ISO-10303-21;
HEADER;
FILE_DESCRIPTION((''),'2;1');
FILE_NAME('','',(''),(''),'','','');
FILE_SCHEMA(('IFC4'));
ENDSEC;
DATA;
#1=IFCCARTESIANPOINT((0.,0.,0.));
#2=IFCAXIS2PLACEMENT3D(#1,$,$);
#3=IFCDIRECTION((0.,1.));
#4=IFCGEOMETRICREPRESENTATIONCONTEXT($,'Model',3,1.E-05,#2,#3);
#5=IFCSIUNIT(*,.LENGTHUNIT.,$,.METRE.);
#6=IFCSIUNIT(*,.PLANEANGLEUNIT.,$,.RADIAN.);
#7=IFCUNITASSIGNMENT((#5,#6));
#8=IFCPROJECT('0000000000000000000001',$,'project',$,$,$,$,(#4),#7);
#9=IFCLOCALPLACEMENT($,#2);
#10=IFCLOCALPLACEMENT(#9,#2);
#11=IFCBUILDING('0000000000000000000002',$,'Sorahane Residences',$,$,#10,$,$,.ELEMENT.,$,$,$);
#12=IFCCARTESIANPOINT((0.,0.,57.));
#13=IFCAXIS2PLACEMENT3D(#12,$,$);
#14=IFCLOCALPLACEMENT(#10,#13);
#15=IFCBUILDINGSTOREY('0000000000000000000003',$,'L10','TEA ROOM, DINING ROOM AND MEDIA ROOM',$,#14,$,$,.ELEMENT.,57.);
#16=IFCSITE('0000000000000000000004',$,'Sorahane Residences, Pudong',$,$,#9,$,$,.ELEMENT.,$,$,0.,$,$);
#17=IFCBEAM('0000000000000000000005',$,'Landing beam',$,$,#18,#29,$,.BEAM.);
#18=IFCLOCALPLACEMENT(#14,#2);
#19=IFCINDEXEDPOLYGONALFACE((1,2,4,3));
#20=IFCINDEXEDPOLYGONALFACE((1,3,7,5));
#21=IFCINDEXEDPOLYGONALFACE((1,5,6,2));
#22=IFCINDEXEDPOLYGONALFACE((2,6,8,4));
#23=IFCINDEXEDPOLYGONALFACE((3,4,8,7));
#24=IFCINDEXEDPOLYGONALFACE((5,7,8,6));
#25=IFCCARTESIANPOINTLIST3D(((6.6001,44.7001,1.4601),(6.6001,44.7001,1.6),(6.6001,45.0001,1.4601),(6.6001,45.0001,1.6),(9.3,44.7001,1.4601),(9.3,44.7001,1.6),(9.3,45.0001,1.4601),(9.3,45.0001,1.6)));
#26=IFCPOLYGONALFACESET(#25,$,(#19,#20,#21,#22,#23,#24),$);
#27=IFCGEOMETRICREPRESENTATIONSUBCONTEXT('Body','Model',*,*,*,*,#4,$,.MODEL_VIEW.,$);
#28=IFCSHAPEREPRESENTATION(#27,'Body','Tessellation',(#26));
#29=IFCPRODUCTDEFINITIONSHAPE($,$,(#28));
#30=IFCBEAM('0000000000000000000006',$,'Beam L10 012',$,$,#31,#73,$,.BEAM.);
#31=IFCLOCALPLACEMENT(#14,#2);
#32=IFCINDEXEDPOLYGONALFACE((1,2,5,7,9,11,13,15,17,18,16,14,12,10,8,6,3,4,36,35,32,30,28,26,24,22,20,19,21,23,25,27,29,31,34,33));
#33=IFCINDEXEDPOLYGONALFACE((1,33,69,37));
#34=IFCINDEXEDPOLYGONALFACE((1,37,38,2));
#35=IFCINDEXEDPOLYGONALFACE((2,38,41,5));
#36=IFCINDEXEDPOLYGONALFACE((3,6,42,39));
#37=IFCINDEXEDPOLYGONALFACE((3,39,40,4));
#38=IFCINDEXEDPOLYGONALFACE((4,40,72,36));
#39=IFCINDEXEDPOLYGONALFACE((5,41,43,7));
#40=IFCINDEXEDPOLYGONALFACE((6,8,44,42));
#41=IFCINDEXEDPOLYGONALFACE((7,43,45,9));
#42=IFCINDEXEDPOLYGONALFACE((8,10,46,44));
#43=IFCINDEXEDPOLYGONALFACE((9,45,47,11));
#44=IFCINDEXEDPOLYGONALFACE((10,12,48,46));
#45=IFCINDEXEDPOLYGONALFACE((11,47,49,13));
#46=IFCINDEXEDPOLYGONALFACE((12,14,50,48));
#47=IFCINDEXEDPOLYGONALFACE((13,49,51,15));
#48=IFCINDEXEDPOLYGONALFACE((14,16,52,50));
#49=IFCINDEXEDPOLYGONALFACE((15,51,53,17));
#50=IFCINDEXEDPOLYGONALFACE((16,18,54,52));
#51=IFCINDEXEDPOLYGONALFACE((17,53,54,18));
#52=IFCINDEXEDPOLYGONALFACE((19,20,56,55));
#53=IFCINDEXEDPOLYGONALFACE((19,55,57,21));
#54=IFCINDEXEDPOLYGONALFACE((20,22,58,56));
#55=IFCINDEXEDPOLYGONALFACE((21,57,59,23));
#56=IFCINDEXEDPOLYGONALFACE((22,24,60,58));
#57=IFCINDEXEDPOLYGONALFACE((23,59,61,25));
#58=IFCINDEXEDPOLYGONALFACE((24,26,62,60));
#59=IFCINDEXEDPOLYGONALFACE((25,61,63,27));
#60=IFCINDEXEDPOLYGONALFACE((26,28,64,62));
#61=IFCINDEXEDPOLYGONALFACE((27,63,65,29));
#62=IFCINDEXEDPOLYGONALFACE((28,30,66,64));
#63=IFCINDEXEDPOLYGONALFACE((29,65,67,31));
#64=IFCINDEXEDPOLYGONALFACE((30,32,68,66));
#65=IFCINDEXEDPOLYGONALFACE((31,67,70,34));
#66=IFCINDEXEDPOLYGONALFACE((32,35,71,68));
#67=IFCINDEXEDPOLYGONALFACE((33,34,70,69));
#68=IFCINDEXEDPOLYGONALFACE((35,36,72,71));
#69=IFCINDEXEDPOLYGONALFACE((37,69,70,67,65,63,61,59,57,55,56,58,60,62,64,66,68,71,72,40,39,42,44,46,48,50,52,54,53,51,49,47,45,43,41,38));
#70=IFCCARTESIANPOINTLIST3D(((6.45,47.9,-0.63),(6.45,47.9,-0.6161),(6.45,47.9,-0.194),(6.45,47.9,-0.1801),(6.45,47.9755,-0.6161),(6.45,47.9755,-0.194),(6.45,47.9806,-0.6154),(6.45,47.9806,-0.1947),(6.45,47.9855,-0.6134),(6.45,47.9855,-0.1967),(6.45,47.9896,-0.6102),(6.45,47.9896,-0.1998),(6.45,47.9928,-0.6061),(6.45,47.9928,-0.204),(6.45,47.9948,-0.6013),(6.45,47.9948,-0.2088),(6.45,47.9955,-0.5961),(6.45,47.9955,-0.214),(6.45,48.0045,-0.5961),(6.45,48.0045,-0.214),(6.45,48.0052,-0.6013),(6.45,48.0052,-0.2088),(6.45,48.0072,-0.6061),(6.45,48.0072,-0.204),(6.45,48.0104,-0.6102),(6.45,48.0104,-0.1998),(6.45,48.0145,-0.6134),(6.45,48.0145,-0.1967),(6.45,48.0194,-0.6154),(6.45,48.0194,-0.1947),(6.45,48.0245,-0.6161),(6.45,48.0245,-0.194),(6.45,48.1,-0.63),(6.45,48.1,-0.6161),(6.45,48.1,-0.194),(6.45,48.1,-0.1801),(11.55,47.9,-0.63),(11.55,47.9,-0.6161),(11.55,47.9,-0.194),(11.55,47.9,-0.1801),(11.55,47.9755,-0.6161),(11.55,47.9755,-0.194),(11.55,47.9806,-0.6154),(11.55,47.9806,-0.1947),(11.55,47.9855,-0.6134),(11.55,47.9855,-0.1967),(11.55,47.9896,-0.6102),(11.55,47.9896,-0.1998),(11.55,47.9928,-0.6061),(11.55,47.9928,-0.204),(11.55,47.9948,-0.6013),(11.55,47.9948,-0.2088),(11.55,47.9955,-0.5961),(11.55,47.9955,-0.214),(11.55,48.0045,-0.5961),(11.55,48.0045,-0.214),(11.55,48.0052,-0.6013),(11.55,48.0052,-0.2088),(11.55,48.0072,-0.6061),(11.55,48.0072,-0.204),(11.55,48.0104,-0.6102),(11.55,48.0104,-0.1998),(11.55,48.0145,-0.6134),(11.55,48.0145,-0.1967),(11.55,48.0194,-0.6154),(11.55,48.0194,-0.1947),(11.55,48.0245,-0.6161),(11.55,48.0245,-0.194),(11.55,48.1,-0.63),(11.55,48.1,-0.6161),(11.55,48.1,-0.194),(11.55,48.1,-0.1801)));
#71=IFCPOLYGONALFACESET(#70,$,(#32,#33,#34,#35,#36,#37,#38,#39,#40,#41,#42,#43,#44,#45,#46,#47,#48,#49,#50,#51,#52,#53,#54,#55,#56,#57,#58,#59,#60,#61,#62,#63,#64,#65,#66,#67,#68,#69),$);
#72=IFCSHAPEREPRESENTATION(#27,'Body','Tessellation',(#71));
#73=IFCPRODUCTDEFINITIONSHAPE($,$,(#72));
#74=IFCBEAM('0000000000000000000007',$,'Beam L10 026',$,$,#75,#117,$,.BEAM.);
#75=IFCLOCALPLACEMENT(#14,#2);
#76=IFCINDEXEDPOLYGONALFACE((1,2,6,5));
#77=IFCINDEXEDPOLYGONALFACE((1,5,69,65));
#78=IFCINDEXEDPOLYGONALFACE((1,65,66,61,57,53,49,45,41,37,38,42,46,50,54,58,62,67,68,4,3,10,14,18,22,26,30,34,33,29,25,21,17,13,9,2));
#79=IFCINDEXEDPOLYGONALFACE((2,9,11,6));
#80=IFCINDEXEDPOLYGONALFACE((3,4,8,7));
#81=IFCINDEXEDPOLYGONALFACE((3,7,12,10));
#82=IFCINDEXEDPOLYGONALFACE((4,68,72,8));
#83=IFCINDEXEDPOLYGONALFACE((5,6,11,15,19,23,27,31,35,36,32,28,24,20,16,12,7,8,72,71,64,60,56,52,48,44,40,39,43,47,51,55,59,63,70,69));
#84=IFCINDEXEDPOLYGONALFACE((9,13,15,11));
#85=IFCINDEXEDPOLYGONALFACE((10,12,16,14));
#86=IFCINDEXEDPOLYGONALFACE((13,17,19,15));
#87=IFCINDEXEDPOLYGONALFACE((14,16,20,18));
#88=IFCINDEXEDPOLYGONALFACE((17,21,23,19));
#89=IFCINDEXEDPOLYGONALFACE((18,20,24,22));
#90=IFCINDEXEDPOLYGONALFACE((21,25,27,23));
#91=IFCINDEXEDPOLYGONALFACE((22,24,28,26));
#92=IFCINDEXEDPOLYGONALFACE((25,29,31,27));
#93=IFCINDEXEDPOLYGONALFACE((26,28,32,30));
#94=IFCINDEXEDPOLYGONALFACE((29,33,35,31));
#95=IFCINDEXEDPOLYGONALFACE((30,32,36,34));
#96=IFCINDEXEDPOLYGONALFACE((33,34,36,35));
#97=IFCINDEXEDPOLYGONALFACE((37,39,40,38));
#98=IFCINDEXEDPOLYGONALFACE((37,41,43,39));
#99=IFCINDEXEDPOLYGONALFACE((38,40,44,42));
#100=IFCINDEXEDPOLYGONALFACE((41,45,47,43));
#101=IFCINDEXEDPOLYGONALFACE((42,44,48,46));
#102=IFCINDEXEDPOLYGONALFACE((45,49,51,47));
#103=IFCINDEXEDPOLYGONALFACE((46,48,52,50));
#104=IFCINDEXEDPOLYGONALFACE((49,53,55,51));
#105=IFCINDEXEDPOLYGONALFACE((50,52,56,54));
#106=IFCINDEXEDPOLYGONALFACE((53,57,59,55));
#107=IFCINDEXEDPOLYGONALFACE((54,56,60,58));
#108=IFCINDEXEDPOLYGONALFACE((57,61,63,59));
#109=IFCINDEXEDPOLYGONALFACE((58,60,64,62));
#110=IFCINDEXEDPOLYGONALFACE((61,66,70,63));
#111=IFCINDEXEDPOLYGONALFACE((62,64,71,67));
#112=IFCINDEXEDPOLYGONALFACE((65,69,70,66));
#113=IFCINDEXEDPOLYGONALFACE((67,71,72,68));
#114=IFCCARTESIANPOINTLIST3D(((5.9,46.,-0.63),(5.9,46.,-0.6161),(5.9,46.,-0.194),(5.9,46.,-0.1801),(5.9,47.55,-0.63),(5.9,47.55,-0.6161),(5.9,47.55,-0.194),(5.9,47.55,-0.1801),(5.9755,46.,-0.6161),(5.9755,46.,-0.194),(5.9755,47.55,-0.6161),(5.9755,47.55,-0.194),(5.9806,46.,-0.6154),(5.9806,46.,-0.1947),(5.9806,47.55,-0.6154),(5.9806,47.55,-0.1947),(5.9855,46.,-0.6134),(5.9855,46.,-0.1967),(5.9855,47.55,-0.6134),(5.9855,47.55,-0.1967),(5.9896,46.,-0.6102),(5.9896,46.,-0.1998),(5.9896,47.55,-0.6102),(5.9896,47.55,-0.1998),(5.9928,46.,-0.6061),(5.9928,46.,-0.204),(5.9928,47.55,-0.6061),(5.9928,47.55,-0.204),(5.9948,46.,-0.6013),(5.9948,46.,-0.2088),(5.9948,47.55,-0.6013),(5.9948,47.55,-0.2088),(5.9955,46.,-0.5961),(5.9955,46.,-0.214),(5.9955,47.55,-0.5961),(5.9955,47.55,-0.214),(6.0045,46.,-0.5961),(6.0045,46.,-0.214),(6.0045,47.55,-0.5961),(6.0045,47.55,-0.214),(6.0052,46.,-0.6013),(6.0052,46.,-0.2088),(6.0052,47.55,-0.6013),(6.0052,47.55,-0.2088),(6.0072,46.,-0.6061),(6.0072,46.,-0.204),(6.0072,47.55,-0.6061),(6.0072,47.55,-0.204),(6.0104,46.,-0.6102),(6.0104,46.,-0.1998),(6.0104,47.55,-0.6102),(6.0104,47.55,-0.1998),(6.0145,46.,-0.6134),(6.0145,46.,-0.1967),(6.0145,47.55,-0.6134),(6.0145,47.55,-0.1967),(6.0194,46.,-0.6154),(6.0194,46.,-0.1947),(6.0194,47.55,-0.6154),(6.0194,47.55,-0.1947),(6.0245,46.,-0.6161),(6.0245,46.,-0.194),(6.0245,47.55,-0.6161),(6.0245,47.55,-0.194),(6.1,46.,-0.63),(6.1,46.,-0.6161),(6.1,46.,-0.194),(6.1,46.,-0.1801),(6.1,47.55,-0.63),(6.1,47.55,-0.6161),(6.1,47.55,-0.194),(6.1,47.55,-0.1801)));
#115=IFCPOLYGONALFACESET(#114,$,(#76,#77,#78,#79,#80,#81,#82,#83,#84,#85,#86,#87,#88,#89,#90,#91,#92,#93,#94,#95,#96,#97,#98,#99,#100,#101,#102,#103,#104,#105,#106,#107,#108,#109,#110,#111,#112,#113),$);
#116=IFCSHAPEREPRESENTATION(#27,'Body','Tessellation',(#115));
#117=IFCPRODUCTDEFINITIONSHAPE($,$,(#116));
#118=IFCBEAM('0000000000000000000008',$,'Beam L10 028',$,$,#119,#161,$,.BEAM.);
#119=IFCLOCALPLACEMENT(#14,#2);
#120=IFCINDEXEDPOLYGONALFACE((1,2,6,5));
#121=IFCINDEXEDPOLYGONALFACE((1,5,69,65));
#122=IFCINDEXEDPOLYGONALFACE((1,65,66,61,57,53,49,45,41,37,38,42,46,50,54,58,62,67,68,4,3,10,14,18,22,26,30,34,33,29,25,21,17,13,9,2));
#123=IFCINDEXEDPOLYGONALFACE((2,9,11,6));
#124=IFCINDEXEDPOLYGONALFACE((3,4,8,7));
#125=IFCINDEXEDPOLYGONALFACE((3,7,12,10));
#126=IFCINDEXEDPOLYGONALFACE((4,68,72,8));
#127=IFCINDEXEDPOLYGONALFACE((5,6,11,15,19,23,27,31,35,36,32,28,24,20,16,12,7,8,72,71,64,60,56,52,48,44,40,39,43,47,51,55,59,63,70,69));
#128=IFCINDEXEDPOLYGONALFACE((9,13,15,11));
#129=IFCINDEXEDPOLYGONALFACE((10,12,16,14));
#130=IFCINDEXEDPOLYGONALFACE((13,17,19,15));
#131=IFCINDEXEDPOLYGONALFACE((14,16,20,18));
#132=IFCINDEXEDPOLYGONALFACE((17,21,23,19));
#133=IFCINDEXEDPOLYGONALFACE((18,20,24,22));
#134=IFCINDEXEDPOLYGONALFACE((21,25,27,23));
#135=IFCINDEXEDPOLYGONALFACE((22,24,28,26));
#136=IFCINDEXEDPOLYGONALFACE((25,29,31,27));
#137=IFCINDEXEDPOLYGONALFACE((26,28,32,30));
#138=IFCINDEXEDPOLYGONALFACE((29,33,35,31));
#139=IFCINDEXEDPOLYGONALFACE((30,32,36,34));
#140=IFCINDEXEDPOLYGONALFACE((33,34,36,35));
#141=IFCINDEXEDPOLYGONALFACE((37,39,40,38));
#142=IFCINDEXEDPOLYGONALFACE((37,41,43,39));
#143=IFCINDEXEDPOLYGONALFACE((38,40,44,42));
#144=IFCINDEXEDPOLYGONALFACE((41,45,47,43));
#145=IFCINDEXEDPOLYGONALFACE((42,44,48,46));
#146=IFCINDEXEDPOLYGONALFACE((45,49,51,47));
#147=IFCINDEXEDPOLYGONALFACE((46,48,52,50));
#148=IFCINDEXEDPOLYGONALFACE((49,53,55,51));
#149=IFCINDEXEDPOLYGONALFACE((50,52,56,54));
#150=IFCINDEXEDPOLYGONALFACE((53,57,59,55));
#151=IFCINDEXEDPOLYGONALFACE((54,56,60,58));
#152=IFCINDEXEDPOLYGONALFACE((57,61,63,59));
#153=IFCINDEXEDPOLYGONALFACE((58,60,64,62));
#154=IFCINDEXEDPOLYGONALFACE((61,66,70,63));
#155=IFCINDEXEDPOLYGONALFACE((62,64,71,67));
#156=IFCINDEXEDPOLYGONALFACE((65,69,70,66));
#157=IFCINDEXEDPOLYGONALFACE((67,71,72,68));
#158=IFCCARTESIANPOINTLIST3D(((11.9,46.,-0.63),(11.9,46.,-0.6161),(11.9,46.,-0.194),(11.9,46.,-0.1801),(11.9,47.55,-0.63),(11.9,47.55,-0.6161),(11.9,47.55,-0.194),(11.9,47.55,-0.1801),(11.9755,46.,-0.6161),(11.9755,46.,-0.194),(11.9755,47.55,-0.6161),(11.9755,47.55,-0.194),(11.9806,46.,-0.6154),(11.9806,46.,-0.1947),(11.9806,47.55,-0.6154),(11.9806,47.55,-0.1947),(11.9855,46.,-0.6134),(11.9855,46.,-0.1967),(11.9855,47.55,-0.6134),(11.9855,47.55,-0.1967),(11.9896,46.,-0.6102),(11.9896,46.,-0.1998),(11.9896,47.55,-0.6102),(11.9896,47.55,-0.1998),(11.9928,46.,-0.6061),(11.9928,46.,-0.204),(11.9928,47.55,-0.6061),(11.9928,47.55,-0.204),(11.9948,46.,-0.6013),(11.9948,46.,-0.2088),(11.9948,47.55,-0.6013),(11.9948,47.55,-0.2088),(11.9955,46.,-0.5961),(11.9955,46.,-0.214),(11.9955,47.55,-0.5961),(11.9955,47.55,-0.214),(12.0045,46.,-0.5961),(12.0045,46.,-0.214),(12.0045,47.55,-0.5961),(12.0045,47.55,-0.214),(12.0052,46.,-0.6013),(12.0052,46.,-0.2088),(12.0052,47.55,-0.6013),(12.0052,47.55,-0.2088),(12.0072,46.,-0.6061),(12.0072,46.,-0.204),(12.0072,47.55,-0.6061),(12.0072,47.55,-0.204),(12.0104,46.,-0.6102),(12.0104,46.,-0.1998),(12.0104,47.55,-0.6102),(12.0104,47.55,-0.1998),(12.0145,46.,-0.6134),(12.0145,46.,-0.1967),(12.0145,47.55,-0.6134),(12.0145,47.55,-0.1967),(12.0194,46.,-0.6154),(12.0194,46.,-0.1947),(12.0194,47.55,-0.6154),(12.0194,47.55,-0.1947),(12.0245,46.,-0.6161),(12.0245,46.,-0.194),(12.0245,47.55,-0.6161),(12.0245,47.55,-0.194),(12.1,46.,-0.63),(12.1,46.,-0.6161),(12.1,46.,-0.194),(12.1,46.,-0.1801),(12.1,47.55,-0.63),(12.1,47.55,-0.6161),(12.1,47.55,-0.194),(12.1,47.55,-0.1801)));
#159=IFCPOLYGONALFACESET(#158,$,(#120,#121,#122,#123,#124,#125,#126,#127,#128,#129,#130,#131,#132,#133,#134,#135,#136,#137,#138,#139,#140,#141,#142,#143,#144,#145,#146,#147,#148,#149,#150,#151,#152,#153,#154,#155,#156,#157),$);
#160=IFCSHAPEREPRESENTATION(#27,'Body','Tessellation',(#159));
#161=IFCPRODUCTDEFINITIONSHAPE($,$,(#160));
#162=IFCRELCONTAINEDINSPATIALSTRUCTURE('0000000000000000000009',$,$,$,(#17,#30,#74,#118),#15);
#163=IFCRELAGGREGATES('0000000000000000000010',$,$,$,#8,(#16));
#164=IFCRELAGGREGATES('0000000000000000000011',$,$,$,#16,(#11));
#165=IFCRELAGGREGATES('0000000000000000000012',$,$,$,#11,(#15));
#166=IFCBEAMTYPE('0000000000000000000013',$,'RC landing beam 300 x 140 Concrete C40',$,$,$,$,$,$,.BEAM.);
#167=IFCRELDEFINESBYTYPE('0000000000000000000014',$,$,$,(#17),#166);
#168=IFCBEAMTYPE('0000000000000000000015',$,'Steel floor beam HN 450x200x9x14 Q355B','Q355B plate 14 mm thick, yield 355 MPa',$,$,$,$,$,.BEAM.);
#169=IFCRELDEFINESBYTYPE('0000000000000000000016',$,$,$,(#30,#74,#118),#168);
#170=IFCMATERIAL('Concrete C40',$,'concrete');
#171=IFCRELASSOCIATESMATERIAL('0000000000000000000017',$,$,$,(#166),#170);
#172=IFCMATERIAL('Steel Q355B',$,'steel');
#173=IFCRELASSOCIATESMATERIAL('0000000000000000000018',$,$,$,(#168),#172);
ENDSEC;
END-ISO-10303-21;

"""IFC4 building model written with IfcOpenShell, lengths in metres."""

from ifc_helpers import new_model, si_unit, direction, frame, origin, origin_2d, place, context, subcontext, project, spatial, rectangle, i_section, extrude, material, material_profile, profile_set, type_object, element, save


model = new_model("IFC4")

# Units and contexts
model_context = context("Model", 3, precision=1e-05, world=origin(), true_north=direction((0.0, 1.0)))
body_context = subcontext(model_context, "Body", "Model", "MODEL_VIEW")
ifc_project = project(units=[si_unit("LENGTHUNIT", "METRE"), si_unit("PLANEANGLEUNIT", "RADIAN")], contexts=[model_context])

# Site, building, storey
site_placement = place(None, origin())
site = spatial("IfcSite", under=ifc_project, at=site_placement, Name="Sorahane Residences, Pudong", CompositionType="ELEMENT", RefElevation=0.0)
building_placement = place(site_placement, origin())
building = spatial("IfcBuilding", under=site, at=building_placement, Name="Sorahane Residences", CompositionType="ELEMENT")
storey_placement = place(building_placement, frame((0.0, 0.0, 57.0)))
storey = spatial("IfcBuildingStorey", under=building, at=storey_placement, Name="L10", Description="TEA ROOM, DINING ROOM AND MEDIA ROOM", CompositionType="ELEMENT", Elevation=57.0)

# Beams
ifc_material_1 = material(Name="Concrete C40", Category="concrete")
ifc_material_profile_1 = material_profile(ifc_material_1, rectangle(XDim=0.3, YDim=0.1399, at=origin_2d()), Name="300x140")
ifc_profile_set_1 = profile_set([ifc_material_profile_1], Name="Concrete C40")
beam_type_1 = type_object("IfcBeamType", Name="RC landing beam 300 x 140 Concrete C40", PredefinedType="BEAM", material=ifc_profile_set_1)
for number, where, z_axis, x_axis, name in (
    (1, (6.6001, 44.8501, 1.53), (1.0, 0.0, 0.0), (0.0, 1.0, 0.0), "Landing beam"),
):
    element("IfcBeam", number, at=place(storey_placement, frame(where, z_axis=z_axis, x_axis=x_axis)), inside=storey, type_object=beam_type_1, Name=name, PredefinedType="BEAM", context=body_context, shape_type="SweptSolid", body=[
        extrude(rectangle(XDim=0.3, YDim=0.1399, at=origin_2d()), origin(), (0.0, 0.0, 1.0), 2.7),
    ])
ifc_material_2 = material(Name="Steel Q355B", Category="steel")
ifc_material_profile_2 = material_profile(ifc_material_2, i_section(OverallWidth=0.2, OverallDepth=0.45, WebThickness=0.009, FlangeThickness=0.0139, FilletRadius=0.02, at=origin_2d()), Name="HN 450x200x9x14")
ifc_profile_set_2 = profile_set([ifc_material_profile_2], Name="Steel Q355B")
beam_type_2 = type_object("IfcBeamType", Name="Steel floor beam HN 450x200x9x14 Q355B", Description="Q355B plate 14 mm thick, yield 355 MPa", PredefinedType="BEAM", material=ifc_profile_set_2)
beam_1_placement = place(storey_placement, frame((6.45, 48.0, -0.405), z_axis=(1.0, 0.0, 0.0), x_axis=(0.0, 1.0, 0.0)))
element("IfcBeam", 2, at=beam_1_placement, inside=storey, type_object=beam_type_2, Name="Beam L10 012", PredefinedType="BEAM", context=body_context, shape_type="SweptSolid", body=[
    extrude(i_section(OverallWidth=0.2, OverallDepth=0.45, WebThickness=0.009, FlangeThickness=0.0139, FilletRadius=0.02, at=origin_2d()), origin(), (0.0, 0.0, 1.0), 5.1001),
])
for number, where, z_axis, x_axis, name in (
    (3, (6.0, 46.0, -0.405), (0.0, 1.0, 0.0), (-1.0, 0.0, 0.0), "Beam L10 026"),
    (4, (12.0, 46.0, -0.405), (0.0, 1.0, 0.0), (-1.0, 0.0, 0.0), "Beam L10 028"),
):
    element("IfcBeam", number, at=place(storey_placement, frame(where, z_axis=z_axis, x_axis=x_axis)), inside=storey, type_object=beam_type_2, Name=name, PredefinedType="BEAM", context=body_context, shape_type="SweptSolid", body=[
        extrude(i_section(OverallWidth=0.2, OverallDepth=0.45, WebThickness=0.009, FlangeThickness=0.0139, FilletRadius=0.02, at=origin_2d()), origin(), (0.0, 0.0, 1.0), 1.55),
    ])

save(model, "model.ifc")
